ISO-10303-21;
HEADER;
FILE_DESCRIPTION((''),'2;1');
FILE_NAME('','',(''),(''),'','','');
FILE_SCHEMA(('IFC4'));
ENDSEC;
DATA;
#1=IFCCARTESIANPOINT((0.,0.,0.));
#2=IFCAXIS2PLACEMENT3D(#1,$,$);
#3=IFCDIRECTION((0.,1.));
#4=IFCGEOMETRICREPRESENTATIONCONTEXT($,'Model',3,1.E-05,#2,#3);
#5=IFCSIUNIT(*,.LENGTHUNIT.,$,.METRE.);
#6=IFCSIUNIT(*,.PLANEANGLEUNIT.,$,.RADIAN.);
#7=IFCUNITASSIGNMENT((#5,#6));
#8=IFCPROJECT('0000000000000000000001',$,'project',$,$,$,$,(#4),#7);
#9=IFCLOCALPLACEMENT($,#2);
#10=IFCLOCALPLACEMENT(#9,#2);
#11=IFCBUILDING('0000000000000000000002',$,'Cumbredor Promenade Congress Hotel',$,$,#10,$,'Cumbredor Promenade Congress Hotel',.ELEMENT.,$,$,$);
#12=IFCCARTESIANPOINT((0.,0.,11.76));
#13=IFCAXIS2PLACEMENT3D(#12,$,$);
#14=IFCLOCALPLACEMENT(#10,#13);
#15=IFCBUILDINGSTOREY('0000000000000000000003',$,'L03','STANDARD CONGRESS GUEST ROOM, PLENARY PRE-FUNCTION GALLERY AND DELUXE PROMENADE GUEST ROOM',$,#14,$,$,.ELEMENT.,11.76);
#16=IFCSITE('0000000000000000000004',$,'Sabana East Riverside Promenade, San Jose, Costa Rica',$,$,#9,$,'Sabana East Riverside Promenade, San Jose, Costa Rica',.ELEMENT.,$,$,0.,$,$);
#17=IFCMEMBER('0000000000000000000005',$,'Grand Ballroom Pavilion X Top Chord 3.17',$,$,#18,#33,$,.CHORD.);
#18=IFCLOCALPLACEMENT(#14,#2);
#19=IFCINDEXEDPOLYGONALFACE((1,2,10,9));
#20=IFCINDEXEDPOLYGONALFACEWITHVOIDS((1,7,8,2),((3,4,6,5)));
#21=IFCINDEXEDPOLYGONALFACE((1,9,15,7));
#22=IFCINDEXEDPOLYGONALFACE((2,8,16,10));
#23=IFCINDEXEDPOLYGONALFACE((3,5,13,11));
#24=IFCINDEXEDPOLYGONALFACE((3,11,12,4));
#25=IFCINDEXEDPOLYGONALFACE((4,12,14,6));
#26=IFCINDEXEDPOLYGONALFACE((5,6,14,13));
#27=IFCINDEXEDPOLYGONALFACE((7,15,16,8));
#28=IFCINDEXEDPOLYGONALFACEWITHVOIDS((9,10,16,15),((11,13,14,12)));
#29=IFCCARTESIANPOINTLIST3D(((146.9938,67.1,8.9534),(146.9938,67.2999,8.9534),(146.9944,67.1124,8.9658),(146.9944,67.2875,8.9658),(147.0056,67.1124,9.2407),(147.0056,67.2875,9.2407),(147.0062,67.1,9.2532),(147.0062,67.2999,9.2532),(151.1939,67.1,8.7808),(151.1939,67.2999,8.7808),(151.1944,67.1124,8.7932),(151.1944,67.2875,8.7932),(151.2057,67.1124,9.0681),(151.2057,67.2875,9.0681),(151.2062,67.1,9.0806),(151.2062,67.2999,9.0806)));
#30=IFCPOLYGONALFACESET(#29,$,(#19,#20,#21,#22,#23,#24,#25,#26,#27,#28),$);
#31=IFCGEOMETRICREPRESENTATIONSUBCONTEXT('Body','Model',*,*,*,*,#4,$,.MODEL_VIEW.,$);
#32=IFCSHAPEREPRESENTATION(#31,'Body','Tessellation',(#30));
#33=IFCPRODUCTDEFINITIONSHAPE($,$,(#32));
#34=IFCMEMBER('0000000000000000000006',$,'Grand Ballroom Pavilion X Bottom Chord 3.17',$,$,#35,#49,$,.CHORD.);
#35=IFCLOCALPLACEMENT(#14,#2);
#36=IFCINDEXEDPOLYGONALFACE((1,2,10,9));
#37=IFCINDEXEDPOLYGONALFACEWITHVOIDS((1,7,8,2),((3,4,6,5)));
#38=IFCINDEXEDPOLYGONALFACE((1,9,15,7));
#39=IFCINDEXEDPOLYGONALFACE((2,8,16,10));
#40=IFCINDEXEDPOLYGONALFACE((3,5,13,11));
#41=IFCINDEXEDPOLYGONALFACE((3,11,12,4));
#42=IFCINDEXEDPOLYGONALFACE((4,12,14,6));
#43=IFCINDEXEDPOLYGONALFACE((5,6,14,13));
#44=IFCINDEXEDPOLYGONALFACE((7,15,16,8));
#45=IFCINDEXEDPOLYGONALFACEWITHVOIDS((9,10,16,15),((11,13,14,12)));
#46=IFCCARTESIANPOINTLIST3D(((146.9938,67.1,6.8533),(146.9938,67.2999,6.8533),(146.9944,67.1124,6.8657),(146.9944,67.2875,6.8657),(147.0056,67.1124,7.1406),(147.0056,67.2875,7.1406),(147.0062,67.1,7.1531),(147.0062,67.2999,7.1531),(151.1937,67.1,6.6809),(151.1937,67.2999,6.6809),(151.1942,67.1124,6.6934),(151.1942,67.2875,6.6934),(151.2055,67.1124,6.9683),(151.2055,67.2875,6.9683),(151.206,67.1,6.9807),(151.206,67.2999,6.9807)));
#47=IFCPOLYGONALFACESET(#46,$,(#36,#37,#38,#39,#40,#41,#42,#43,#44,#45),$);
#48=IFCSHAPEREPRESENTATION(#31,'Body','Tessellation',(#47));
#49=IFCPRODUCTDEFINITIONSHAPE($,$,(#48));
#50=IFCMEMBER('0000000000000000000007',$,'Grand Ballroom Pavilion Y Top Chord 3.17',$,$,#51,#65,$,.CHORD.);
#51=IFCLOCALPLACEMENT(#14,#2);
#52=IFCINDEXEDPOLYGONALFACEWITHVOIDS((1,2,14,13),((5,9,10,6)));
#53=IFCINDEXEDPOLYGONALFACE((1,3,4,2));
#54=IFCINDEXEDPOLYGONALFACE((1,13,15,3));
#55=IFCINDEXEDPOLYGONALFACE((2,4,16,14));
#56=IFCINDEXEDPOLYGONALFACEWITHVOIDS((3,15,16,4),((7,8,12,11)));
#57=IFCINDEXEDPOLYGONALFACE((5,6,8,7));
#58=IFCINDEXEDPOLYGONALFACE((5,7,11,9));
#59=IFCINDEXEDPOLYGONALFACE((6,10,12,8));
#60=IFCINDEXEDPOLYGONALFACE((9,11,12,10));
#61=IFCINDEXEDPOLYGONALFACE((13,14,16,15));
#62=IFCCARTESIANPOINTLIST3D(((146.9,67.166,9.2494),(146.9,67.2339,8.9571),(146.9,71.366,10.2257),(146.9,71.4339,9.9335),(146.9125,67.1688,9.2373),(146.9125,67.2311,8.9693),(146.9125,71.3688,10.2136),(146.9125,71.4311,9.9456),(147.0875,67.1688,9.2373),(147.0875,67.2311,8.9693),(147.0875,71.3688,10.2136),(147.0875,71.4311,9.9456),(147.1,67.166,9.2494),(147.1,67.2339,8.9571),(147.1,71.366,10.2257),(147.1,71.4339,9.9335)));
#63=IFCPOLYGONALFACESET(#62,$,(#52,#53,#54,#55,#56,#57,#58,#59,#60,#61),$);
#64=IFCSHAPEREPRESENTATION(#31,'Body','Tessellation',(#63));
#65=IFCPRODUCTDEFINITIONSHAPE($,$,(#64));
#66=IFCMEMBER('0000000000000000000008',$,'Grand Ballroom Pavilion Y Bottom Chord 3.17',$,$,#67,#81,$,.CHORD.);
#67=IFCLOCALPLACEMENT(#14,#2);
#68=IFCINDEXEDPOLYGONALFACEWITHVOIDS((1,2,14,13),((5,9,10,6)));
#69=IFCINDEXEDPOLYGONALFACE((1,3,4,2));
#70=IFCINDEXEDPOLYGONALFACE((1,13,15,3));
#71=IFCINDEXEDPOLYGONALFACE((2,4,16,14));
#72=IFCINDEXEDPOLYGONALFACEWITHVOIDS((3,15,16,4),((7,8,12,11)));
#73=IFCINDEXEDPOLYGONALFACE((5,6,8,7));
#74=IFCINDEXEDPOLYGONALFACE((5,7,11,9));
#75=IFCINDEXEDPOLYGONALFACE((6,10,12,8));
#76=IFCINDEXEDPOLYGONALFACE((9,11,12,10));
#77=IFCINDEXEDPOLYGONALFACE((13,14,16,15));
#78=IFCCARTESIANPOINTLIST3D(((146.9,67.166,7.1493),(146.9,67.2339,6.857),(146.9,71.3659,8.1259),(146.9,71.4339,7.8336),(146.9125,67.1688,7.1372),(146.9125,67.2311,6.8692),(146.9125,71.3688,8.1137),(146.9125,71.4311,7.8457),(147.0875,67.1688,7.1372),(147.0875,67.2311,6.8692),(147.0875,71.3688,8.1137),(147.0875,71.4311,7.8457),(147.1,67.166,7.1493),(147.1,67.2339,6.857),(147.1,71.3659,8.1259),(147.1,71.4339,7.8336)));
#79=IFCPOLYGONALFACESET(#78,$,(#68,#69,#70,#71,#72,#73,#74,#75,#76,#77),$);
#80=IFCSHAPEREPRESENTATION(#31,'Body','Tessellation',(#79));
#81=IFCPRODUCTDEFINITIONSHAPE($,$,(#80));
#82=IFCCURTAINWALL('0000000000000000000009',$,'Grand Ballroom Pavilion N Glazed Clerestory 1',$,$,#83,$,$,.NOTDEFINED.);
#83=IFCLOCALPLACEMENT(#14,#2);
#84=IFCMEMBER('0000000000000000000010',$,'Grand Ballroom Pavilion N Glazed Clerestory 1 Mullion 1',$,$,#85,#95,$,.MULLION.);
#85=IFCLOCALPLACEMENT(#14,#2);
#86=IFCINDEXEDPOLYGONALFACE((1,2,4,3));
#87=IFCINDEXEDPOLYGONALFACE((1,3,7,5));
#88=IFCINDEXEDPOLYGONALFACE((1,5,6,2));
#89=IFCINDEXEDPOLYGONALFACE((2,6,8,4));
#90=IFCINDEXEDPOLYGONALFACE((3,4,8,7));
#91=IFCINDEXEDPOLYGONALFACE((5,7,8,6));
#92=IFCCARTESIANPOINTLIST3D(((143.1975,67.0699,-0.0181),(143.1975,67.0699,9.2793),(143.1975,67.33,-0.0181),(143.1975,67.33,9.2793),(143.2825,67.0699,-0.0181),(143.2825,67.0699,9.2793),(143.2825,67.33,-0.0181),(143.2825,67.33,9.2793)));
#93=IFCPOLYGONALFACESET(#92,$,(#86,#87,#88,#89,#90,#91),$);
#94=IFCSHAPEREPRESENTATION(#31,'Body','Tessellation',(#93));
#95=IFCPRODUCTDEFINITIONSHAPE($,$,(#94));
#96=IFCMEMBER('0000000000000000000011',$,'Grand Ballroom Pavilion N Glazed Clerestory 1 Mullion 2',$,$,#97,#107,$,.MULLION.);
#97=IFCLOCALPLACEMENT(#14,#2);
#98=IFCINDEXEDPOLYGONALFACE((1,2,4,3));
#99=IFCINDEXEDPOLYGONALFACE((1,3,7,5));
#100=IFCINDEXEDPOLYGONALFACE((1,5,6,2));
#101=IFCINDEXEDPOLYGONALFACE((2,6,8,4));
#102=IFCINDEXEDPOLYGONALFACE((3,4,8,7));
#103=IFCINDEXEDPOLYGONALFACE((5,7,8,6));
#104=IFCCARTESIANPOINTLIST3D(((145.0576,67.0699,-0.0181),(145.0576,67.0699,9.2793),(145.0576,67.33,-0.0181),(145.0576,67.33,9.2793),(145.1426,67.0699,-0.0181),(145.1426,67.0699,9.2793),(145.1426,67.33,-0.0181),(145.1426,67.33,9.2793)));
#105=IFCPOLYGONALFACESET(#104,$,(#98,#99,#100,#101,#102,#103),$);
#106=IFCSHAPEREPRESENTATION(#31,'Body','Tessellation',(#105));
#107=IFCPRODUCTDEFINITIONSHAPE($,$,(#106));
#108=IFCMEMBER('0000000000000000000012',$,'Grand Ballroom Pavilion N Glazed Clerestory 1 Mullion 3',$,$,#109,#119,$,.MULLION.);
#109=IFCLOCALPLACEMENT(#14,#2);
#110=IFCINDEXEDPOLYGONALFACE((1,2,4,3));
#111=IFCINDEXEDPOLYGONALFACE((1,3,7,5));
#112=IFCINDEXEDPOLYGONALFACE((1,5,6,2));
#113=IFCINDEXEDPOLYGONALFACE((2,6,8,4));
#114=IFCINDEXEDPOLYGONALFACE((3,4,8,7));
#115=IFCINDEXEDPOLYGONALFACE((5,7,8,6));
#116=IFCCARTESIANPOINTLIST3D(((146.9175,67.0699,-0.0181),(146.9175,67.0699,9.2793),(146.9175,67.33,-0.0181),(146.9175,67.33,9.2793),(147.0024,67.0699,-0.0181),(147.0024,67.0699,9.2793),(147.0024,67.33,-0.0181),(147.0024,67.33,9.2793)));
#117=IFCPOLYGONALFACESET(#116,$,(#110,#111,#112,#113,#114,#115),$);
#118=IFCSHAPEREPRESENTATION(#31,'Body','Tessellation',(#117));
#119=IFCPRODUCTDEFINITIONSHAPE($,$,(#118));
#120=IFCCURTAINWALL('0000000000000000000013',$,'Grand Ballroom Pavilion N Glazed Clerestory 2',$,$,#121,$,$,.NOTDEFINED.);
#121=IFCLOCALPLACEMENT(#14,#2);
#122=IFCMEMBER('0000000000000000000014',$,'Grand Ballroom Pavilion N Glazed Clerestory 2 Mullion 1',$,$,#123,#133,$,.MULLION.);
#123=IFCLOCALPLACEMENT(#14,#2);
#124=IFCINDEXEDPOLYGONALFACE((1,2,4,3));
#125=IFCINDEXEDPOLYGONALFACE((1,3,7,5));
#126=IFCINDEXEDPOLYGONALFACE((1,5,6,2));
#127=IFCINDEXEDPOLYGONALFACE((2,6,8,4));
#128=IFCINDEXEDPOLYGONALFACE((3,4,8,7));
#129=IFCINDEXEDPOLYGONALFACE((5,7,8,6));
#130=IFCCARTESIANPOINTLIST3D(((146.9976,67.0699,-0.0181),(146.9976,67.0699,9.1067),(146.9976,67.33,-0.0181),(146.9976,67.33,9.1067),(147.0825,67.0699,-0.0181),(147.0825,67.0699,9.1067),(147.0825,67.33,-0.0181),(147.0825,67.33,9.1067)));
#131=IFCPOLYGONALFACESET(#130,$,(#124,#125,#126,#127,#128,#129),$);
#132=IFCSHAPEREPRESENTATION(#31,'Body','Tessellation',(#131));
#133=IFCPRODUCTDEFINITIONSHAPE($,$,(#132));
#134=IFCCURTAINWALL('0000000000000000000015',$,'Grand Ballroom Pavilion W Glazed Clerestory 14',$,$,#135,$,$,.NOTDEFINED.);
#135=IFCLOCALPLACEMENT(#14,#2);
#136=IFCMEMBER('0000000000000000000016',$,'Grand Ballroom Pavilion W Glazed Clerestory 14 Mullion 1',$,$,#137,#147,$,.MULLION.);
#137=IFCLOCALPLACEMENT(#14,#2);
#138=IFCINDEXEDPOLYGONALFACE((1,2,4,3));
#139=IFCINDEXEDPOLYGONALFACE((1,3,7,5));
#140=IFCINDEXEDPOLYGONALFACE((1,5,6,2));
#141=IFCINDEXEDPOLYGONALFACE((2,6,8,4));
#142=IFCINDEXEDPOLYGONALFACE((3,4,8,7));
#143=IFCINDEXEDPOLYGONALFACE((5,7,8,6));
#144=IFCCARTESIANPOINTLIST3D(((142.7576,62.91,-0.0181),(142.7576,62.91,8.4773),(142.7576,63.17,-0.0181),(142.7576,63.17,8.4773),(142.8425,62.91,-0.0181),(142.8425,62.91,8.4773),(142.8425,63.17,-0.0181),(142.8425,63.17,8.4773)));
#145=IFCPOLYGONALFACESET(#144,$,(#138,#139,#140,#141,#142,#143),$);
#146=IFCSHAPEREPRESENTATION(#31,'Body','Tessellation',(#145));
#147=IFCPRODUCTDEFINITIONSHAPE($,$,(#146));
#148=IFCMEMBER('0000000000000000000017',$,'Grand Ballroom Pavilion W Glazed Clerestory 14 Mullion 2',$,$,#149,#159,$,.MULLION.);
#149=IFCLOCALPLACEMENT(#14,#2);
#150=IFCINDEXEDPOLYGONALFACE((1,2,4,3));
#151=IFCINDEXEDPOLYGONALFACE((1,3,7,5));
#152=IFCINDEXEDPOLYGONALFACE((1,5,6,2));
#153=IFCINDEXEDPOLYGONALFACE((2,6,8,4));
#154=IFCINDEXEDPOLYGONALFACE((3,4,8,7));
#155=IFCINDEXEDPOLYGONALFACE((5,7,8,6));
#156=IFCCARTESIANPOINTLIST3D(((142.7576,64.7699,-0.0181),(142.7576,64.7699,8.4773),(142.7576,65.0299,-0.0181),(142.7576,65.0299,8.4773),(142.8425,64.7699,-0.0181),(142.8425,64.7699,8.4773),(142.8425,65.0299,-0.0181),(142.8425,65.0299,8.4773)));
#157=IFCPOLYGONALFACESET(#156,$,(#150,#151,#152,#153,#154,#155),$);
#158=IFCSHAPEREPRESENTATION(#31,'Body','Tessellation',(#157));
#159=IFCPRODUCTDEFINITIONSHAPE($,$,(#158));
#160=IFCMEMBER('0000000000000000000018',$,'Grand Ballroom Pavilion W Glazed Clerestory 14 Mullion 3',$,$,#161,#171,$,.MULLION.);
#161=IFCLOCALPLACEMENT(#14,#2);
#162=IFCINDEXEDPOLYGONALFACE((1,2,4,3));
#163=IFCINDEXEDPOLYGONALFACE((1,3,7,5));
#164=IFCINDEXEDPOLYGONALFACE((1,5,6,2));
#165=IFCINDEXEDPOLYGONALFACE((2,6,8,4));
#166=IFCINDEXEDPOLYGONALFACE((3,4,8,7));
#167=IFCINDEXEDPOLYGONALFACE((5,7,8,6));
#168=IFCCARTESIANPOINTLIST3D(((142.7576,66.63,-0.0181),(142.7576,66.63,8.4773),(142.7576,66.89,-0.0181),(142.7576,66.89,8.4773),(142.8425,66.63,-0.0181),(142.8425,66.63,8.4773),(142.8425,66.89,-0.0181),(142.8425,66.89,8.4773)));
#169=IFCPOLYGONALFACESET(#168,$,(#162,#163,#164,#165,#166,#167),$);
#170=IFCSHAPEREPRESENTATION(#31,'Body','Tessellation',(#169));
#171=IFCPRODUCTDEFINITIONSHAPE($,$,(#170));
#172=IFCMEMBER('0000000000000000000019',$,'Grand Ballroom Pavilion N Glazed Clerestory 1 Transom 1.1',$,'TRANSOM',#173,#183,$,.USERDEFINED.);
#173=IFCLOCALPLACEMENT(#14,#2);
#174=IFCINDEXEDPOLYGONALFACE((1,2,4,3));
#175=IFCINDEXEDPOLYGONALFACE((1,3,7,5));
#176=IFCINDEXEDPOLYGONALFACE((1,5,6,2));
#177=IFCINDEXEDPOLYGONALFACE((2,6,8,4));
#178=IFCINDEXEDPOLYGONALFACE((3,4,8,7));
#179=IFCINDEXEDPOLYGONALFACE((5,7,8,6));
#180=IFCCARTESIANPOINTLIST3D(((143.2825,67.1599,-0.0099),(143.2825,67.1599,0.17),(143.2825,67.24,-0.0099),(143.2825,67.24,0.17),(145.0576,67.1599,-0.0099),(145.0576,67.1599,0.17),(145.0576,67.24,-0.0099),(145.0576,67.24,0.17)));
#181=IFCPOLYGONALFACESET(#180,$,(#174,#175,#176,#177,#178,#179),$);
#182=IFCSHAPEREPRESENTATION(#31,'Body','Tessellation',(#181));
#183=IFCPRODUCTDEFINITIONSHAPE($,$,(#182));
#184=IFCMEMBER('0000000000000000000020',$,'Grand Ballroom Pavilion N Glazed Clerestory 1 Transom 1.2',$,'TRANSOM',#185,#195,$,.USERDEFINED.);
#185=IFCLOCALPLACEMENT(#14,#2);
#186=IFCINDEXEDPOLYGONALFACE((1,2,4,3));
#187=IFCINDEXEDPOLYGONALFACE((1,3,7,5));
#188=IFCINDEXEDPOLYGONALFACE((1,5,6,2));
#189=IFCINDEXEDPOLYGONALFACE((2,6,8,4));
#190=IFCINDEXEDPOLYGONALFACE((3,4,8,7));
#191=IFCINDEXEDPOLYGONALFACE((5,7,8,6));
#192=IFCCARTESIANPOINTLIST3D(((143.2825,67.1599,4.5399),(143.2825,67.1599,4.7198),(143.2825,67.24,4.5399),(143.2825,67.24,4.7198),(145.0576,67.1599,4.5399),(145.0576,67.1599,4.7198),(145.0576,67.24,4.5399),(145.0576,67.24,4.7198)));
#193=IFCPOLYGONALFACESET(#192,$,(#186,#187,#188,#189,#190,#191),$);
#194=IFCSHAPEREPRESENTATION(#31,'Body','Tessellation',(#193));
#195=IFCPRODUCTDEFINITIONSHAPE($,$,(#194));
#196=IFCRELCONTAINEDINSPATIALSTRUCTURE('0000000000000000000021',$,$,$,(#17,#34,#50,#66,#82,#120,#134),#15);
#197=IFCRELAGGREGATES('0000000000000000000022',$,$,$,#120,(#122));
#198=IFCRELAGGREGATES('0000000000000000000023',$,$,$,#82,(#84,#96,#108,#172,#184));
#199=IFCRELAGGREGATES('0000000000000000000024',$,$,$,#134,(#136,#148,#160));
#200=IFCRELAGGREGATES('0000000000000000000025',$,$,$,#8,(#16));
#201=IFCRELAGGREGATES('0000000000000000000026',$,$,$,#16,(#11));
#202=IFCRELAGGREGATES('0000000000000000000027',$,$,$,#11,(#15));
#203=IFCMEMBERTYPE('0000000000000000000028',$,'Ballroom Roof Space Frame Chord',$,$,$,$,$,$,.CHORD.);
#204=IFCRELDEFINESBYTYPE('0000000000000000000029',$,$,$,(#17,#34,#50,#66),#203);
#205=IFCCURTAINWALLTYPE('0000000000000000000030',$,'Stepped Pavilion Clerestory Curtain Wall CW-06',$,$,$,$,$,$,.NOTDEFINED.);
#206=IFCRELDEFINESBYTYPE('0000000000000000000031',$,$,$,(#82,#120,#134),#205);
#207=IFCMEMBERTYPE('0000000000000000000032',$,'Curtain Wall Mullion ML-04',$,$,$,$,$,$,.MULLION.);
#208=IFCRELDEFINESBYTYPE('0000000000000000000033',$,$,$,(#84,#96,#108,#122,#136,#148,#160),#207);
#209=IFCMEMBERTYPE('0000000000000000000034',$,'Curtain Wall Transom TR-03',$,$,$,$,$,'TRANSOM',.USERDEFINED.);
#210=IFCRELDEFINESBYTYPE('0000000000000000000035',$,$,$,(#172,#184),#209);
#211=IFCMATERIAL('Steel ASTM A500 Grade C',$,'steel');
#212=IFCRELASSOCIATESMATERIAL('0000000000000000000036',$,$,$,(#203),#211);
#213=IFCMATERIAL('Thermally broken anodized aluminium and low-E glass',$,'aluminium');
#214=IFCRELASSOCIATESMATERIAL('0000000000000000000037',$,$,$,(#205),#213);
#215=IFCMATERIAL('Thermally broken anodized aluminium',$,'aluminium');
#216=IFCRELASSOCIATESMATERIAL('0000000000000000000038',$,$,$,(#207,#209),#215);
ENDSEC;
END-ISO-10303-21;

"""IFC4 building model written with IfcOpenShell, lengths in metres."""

from ifc_helpers import new_model, si_unit, direction, frame, origin, origin_2d, place, context, subcontext, project, spatial, rectangle, hollow_rectangle, extrude, material, material_profile, profile_set, type_object, element, aggregate, save


model = new_model("IFC4")

# Units and contexts
model_context = context("Model", 3, precision=1e-05, world=origin(), true_north=direction((0.0, 1.0)))
body_context = subcontext(model_context, "Body", "Model", "MODEL_VIEW")
ifc_project = project(units=[si_unit("LENGTHUNIT", "METRE"), si_unit("PLANEANGLEUNIT", "RADIAN")], contexts=[model_context])

# Site, building, storey
site_placement = place(None, origin())
site = spatial("IfcSite", under=ifc_project, at=site_placement, Name="Sabana East Riverside Promenade, San Jose, Costa Rica", LongName="Sabana East Riverside Promenade, San Jose, Costa Rica", CompositionType="ELEMENT", RefElevation=0.0)
building_placement = place(site_placement, origin())
building = spatial("IfcBuilding", under=site, at=building_placement, Name="Cumbredor Promenade Congress Hotel", LongName="Cumbredor Promenade Congress Hotel", CompositionType="ELEMENT")
storey_placement = place(building_placement, frame((0.0, 0.0, 11.76)))
storey = spatial("IfcBuildingStorey", under=building, at=storey_placement, Name="L03", Description="STANDARD CONGRESS GUEST ROOM, PLENARY PRE-FUNCTION GALLERY AND DELUXE PROMENADE GUEST ROOM", CompositionType="ELEMENT", Elevation=11.76)

# Members
ifc_material_1 = material(Name="Steel ASTM A500 Grade C", Category="steel")
ifc_material_profile_1 = material_profile(ifc_material_1, hollow_rectangle(XDim=0.2, YDim=0.3, WallThickness=0.0125, at=origin_2d()), Name="HSS 300x200x12.5")
ifc_profile_set_1 = profile_set([ifc_material_profile_1], Name="Steel ASTM A500 Grade C")
member_type_1 = type_object("IfcMemberType", Name="Ballroom Roof Space Frame Chord", PredefinedType="CHORD", material=ifc_profile_set_1)
member_1_placement = place(storey_placement, frame((147.0, 67.2, 9.1033), z_axis=(0.999157, 0.0, -0.041063), x_axis=(0.0, 1.0, 0.0)))
element("IfcMember", 1, at=member_1_placement, inside=storey, type_object=member_type_1, Name="Grand Ballroom Pavilion X Top Chord 3.17", PredefinedType="CHORD", context=body_context, shape_type="SweptSolid", body=[
    extrude(hollow_rectangle(XDim=0.2, YDim=0.3, WallThickness=0.0125, at=origin_2d()), origin(), (0.0, 0.0, 1.0), 4.2036),
])
member_2_placement = place(storey_placement, frame((147.0, 67.2, 7.0032), z_axis=(0.999159, 0.0, -0.041005), x_axis=(0.0, 1.0, 0.0)))
element("IfcMember", 2, at=member_2_placement, inside=storey, type_object=member_type_1, Name="Grand Ballroom Pavilion X Bottom Chord 3.17", PredefinedType="CHORD", context=body_context, shape_type="SweptSolid", body=[
    extrude(hollow_rectangle(XDim=0.2, YDim=0.3, WallThickness=0.0125, at=origin_2d()), origin(), (0.0, 0.0, 1.0), 4.2034),
])
for number, where, z_axis, x_axis, name in (
    (3, (147.0, 67.2, 9.1033), (0.0, 0.974029, 0.226422), (-1.0, 0.0, 0.0), "Grand Ballroom Pavilion Y Top Chord 3.17"),
    (4, (147.0, 67.2, 7.0032), (0.0, 0.974017, 0.226476), (-1.0, 0.0, 0.0), "Grand Ballroom Pavilion Y Bottom Chord 3.17"),
):
    element("IfcMember", number, at=place(storey_placement, frame(where, z_axis=z_axis, x_axis=x_axis)), inside=storey, type_object=member_type_1, Name=name, PredefinedType="CHORD", context=body_context, shape_type="SweptSolid", body=[
        extrude(hollow_rectangle(XDim=0.2, YDim=0.3, WallThickness=0.0125, at=origin_2d()), origin(), (0.0, 0.0, 1.0), 4.312),
    ])

# Curtain wall, members
ifc_material_2 = material(Name="Thermally broken anodized aluminium and low-E glass", Category="aluminium")
curtain_wall_type = type_object("IfcCurtainWallType", Name="Stepped Pavilion Clerestory Curtain Wall CW-06", PredefinedType="NOTDEFINED", material=ifc_material_2)
curtain_wall_1_placement = place(storey_placement, origin())
curtain_wall_1 = element("IfcCurtainWall", 5, at=curtain_wall_1_placement, inside=storey, type_object=curtain_wall_type, Name="Grand Ballroom Pavilion N Glazed Clerestory 1", PredefinedType="NOTDEFINED")
ifc_material_3 = material(Name="Thermally broken anodized aluminium", Category="aluminium")
ifc_material_profile_2 = material_profile(ifc_material_3, rectangle(XDim=0.085, YDim=0.26, at=origin_2d()), Name="ALU MULLION CLERESTORY 85x260")
ifc_profile_set_2 = profile_set([ifc_material_profile_2], Name="Thermally broken anodized aluminium")
member_type_2 = type_object("IfcMemberType", Name="Curtain Wall Mullion ML-04", PredefinedType="MULLION", material=ifc_profile_set_2)
member_3_placement = place(storey_placement, frame((143.24, 67.2, -0.0181), z_axis=(0.0, 0.0, 1.0), x_axis=(1.0, 0.0, 0.0)))
member_3 = element("IfcMember", 6, at=member_3_placement, type_object=member_type_2, Name="Grand Ballroom Pavilion N Glazed Clerestory 1 Mullion 1", PredefinedType="MULLION", context=body_context, shape_type="SweptSolid", body=[
    extrude(rectangle(XDim=0.085, YDim=0.26, at=origin_2d()), origin(), (0.0, 0.0, 1.0), 9.2974),
])
member_4_placement = place(storey_placement, frame((145.1001, 67.2, -0.0181), z_axis=(0.0, 0.0, 1.0), x_axis=(1.0, 0.0, 0.0)))
member_4 = element("IfcMember", 7, at=member_4_placement, type_object=member_type_2, Name="Grand Ballroom Pavilion N Glazed Clerestory 1 Mullion 2", PredefinedType="MULLION", context=body_context, shape_type="SweptSolid", body=[
    extrude(rectangle(XDim=0.085, YDim=0.26, at=origin_2d()), origin(), (0.0, 0.0, 1.0), 9.2974),
])
member_5_placement = place(storey_placement, frame((146.96, 67.2, -0.0181), z_axis=(0.0, 0.0, 1.0), x_axis=(1.0, 0.0, 0.0)))
member_5 = element("IfcMember", 8, at=member_5_placement, type_object=member_type_2, Name="Grand Ballroom Pavilion N Glazed Clerestory 1 Mullion 3", PredefinedType="MULLION", context=body_context, shape_type="SweptSolid", body=[
    extrude(rectangle(XDim=0.085, YDim=0.26, at=origin_2d()), origin(), (0.0, 0.0, 1.0), 9.2974),
])

# Curtain wall, member
curtain_wall_2_placement = place(storey_placement, origin())
curtain_wall_2 = element("IfcCurtainWall", 9, at=curtain_wall_2_placement, inside=storey, type_object=curtain_wall_type, Name="Grand Ballroom Pavilion N Glazed Clerestory 2", PredefinedType="NOTDEFINED")
member_6_placement = place(storey_placement, frame((147.04, 67.2, -0.0181), z_axis=(0.0, 0.0, 1.0), x_axis=(1.0, 0.0, 0.0)))
member_6 = element("IfcMember", 10, at=member_6_placement, type_object=member_type_2, Name="Grand Ballroom Pavilion N Glazed Clerestory 2 Mullion 1", PredefinedType="MULLION", context=body_context, shape_type="SweptSolid", body=[
    extrude(rectangle(XDim=0.085, YDim=0.26, at=origin_2d()), origin(), (0.0, 0.0, 1.0), 9.1248),
])

# Curtain wall, members
curtain_wall_3_placement = place(storey_placement, origin())
curtain_wall_3 = element("IfcCurtainWall", 11, at=curtain_wall_3_placement, inside=storey, type_object=curtain_wall_type, Name="Grand Ballroom Pavilion W Glazed Clerestory 14", PredefinedType="NOTDEFINED")
member_7_placement = place(storey_placement, frame((142.8, 63.04, -0.0181), z_axis=(0.0, 0.0, 1.0), x_axis=(1.0, 0.0, 0.0)))
member_7 = element("IfcMember", 12, at=member_7_placement, type_object=member_type_2, Name="Grand Ballroom Pavilion W Glazed Clerestory 14 Mullion 1", PredefinedType="MULLION", context=body_context, shape_type="SweptSolid", body=[
    extrude(rectangle(XDim=0.085, YDim=0.26, at=origin_2d()), origin(), (0.0, 0.0, 1.0), 8.4954),
])
member_8_placement = place(storey_placement, frame((142.8, 64.8999, -0.0181), z_axis=(0.0, 0.0, 1.0), x_axis=(1.0, 0.0, 0.0)))
member_8 = element("IfcMember", 13, at=member_8_placement, type_object=member_type_2, Name="Grand Ballroom Pavilion W Glazed Clerestory 14 Mullion 2", PredefinedType="MULLION", context=body_context, shape_type="SweptSolid", body=[
    extrude(rectangle(XDim=0.085, YDim=0.26, at=origin_2d()), origin(), (0.0, 0.0, 1.0), 8.4954),
])
member_9_placement = place(storey_placement, frame((142.8, 66.76, -0.0181), z_axis=(0.0, 0.0, 1.0), x_axis=(1.0, 0.0, 0.0)))
member_9 = element("IfcMember", 14, at=member_9_placement, type_object=member_type_2, Name="Grand Ballroom Pavilion W Glazed Clerestory 14 Mullion 3", PredefinedType="MULLION", context=body_context, shape_type="SweptSolid", body=[
    extrude(rectangle(XDim=0.085, YDim=0.26, at=origin_2d()), origin(), (0.0, 0.0, 1.0), 8.4954),
])

# Members
ifc_material_profile_3 = material_profile(ifc_material_3, rectangle(XDim=0.0801, YDim=0.1799, at=origin_2d()), Name="ALU TRANSOM 80x180")
ifc_profile_set_3 = profile_set([ifc_material_profile_3], Name="Thermally broken anodized aluminium")
member_type_3 = type_object("IfcMemberType", Name="Curtain Wall Transom TR-03", ElementType="TRANSOM", PredefinedType="USERDEFINED", material=ifc_profile_set_3)
member_10_placement = place(storey_placement, frame((143.2825, 67.2, 0.0801), z_axis=(1.0, 0.0, 0.0), x_axis=(0.0, 1.0, 0.0)))
member_10 = element("IfcMember", 15, at=member_10_placement, type_object=member_type_3, Name="Grand Ballroom Pavilion N Glazed Clerestory 1 Transom 1.1", ObjectType="TRANSOM", PredefinedType="USERDEFINED", context=body_context, shape_type="SweptSolid", body=[
    extrude(rectangle(XDim=0.0801, YDim=0.1799, at=origin_2d()), origin(), (0.0, 0.0, 1.0), 1.7751),
])
member_11_placement = place(storey_placement, frame((143.2825, 67.2, 4.6299), z_axis=(1.0, 0.0, 0.0), x_axis=(0.0, 1.0, 0.0)))
member_11 = element("IfcMember", 16, at=member_11_placement, type_object=member_type_3, Name="Grand Ballroom Pavilion N Glazed Clerestory 1 Transom 1.2", ObjectType="TRANSOM", PredefinedType="USERDEFINED", context=body_context, shape_type="SweptSolid", body=[
    extrude(rectangle(XDim=0.0801, YDim=0.1799, at=origin_2d()), origin(), (0.0, 0.0, 1.0), 1.7751),
])
aggregate(curtain_wall_2, [member_6])

aggregate(curtain_wall_1, [member_3, member_4, member_5, member_10, member_11])
aggregate(curtain_wall_3, [member_7, member_8, member_9])

save(model, "model.ifc")
